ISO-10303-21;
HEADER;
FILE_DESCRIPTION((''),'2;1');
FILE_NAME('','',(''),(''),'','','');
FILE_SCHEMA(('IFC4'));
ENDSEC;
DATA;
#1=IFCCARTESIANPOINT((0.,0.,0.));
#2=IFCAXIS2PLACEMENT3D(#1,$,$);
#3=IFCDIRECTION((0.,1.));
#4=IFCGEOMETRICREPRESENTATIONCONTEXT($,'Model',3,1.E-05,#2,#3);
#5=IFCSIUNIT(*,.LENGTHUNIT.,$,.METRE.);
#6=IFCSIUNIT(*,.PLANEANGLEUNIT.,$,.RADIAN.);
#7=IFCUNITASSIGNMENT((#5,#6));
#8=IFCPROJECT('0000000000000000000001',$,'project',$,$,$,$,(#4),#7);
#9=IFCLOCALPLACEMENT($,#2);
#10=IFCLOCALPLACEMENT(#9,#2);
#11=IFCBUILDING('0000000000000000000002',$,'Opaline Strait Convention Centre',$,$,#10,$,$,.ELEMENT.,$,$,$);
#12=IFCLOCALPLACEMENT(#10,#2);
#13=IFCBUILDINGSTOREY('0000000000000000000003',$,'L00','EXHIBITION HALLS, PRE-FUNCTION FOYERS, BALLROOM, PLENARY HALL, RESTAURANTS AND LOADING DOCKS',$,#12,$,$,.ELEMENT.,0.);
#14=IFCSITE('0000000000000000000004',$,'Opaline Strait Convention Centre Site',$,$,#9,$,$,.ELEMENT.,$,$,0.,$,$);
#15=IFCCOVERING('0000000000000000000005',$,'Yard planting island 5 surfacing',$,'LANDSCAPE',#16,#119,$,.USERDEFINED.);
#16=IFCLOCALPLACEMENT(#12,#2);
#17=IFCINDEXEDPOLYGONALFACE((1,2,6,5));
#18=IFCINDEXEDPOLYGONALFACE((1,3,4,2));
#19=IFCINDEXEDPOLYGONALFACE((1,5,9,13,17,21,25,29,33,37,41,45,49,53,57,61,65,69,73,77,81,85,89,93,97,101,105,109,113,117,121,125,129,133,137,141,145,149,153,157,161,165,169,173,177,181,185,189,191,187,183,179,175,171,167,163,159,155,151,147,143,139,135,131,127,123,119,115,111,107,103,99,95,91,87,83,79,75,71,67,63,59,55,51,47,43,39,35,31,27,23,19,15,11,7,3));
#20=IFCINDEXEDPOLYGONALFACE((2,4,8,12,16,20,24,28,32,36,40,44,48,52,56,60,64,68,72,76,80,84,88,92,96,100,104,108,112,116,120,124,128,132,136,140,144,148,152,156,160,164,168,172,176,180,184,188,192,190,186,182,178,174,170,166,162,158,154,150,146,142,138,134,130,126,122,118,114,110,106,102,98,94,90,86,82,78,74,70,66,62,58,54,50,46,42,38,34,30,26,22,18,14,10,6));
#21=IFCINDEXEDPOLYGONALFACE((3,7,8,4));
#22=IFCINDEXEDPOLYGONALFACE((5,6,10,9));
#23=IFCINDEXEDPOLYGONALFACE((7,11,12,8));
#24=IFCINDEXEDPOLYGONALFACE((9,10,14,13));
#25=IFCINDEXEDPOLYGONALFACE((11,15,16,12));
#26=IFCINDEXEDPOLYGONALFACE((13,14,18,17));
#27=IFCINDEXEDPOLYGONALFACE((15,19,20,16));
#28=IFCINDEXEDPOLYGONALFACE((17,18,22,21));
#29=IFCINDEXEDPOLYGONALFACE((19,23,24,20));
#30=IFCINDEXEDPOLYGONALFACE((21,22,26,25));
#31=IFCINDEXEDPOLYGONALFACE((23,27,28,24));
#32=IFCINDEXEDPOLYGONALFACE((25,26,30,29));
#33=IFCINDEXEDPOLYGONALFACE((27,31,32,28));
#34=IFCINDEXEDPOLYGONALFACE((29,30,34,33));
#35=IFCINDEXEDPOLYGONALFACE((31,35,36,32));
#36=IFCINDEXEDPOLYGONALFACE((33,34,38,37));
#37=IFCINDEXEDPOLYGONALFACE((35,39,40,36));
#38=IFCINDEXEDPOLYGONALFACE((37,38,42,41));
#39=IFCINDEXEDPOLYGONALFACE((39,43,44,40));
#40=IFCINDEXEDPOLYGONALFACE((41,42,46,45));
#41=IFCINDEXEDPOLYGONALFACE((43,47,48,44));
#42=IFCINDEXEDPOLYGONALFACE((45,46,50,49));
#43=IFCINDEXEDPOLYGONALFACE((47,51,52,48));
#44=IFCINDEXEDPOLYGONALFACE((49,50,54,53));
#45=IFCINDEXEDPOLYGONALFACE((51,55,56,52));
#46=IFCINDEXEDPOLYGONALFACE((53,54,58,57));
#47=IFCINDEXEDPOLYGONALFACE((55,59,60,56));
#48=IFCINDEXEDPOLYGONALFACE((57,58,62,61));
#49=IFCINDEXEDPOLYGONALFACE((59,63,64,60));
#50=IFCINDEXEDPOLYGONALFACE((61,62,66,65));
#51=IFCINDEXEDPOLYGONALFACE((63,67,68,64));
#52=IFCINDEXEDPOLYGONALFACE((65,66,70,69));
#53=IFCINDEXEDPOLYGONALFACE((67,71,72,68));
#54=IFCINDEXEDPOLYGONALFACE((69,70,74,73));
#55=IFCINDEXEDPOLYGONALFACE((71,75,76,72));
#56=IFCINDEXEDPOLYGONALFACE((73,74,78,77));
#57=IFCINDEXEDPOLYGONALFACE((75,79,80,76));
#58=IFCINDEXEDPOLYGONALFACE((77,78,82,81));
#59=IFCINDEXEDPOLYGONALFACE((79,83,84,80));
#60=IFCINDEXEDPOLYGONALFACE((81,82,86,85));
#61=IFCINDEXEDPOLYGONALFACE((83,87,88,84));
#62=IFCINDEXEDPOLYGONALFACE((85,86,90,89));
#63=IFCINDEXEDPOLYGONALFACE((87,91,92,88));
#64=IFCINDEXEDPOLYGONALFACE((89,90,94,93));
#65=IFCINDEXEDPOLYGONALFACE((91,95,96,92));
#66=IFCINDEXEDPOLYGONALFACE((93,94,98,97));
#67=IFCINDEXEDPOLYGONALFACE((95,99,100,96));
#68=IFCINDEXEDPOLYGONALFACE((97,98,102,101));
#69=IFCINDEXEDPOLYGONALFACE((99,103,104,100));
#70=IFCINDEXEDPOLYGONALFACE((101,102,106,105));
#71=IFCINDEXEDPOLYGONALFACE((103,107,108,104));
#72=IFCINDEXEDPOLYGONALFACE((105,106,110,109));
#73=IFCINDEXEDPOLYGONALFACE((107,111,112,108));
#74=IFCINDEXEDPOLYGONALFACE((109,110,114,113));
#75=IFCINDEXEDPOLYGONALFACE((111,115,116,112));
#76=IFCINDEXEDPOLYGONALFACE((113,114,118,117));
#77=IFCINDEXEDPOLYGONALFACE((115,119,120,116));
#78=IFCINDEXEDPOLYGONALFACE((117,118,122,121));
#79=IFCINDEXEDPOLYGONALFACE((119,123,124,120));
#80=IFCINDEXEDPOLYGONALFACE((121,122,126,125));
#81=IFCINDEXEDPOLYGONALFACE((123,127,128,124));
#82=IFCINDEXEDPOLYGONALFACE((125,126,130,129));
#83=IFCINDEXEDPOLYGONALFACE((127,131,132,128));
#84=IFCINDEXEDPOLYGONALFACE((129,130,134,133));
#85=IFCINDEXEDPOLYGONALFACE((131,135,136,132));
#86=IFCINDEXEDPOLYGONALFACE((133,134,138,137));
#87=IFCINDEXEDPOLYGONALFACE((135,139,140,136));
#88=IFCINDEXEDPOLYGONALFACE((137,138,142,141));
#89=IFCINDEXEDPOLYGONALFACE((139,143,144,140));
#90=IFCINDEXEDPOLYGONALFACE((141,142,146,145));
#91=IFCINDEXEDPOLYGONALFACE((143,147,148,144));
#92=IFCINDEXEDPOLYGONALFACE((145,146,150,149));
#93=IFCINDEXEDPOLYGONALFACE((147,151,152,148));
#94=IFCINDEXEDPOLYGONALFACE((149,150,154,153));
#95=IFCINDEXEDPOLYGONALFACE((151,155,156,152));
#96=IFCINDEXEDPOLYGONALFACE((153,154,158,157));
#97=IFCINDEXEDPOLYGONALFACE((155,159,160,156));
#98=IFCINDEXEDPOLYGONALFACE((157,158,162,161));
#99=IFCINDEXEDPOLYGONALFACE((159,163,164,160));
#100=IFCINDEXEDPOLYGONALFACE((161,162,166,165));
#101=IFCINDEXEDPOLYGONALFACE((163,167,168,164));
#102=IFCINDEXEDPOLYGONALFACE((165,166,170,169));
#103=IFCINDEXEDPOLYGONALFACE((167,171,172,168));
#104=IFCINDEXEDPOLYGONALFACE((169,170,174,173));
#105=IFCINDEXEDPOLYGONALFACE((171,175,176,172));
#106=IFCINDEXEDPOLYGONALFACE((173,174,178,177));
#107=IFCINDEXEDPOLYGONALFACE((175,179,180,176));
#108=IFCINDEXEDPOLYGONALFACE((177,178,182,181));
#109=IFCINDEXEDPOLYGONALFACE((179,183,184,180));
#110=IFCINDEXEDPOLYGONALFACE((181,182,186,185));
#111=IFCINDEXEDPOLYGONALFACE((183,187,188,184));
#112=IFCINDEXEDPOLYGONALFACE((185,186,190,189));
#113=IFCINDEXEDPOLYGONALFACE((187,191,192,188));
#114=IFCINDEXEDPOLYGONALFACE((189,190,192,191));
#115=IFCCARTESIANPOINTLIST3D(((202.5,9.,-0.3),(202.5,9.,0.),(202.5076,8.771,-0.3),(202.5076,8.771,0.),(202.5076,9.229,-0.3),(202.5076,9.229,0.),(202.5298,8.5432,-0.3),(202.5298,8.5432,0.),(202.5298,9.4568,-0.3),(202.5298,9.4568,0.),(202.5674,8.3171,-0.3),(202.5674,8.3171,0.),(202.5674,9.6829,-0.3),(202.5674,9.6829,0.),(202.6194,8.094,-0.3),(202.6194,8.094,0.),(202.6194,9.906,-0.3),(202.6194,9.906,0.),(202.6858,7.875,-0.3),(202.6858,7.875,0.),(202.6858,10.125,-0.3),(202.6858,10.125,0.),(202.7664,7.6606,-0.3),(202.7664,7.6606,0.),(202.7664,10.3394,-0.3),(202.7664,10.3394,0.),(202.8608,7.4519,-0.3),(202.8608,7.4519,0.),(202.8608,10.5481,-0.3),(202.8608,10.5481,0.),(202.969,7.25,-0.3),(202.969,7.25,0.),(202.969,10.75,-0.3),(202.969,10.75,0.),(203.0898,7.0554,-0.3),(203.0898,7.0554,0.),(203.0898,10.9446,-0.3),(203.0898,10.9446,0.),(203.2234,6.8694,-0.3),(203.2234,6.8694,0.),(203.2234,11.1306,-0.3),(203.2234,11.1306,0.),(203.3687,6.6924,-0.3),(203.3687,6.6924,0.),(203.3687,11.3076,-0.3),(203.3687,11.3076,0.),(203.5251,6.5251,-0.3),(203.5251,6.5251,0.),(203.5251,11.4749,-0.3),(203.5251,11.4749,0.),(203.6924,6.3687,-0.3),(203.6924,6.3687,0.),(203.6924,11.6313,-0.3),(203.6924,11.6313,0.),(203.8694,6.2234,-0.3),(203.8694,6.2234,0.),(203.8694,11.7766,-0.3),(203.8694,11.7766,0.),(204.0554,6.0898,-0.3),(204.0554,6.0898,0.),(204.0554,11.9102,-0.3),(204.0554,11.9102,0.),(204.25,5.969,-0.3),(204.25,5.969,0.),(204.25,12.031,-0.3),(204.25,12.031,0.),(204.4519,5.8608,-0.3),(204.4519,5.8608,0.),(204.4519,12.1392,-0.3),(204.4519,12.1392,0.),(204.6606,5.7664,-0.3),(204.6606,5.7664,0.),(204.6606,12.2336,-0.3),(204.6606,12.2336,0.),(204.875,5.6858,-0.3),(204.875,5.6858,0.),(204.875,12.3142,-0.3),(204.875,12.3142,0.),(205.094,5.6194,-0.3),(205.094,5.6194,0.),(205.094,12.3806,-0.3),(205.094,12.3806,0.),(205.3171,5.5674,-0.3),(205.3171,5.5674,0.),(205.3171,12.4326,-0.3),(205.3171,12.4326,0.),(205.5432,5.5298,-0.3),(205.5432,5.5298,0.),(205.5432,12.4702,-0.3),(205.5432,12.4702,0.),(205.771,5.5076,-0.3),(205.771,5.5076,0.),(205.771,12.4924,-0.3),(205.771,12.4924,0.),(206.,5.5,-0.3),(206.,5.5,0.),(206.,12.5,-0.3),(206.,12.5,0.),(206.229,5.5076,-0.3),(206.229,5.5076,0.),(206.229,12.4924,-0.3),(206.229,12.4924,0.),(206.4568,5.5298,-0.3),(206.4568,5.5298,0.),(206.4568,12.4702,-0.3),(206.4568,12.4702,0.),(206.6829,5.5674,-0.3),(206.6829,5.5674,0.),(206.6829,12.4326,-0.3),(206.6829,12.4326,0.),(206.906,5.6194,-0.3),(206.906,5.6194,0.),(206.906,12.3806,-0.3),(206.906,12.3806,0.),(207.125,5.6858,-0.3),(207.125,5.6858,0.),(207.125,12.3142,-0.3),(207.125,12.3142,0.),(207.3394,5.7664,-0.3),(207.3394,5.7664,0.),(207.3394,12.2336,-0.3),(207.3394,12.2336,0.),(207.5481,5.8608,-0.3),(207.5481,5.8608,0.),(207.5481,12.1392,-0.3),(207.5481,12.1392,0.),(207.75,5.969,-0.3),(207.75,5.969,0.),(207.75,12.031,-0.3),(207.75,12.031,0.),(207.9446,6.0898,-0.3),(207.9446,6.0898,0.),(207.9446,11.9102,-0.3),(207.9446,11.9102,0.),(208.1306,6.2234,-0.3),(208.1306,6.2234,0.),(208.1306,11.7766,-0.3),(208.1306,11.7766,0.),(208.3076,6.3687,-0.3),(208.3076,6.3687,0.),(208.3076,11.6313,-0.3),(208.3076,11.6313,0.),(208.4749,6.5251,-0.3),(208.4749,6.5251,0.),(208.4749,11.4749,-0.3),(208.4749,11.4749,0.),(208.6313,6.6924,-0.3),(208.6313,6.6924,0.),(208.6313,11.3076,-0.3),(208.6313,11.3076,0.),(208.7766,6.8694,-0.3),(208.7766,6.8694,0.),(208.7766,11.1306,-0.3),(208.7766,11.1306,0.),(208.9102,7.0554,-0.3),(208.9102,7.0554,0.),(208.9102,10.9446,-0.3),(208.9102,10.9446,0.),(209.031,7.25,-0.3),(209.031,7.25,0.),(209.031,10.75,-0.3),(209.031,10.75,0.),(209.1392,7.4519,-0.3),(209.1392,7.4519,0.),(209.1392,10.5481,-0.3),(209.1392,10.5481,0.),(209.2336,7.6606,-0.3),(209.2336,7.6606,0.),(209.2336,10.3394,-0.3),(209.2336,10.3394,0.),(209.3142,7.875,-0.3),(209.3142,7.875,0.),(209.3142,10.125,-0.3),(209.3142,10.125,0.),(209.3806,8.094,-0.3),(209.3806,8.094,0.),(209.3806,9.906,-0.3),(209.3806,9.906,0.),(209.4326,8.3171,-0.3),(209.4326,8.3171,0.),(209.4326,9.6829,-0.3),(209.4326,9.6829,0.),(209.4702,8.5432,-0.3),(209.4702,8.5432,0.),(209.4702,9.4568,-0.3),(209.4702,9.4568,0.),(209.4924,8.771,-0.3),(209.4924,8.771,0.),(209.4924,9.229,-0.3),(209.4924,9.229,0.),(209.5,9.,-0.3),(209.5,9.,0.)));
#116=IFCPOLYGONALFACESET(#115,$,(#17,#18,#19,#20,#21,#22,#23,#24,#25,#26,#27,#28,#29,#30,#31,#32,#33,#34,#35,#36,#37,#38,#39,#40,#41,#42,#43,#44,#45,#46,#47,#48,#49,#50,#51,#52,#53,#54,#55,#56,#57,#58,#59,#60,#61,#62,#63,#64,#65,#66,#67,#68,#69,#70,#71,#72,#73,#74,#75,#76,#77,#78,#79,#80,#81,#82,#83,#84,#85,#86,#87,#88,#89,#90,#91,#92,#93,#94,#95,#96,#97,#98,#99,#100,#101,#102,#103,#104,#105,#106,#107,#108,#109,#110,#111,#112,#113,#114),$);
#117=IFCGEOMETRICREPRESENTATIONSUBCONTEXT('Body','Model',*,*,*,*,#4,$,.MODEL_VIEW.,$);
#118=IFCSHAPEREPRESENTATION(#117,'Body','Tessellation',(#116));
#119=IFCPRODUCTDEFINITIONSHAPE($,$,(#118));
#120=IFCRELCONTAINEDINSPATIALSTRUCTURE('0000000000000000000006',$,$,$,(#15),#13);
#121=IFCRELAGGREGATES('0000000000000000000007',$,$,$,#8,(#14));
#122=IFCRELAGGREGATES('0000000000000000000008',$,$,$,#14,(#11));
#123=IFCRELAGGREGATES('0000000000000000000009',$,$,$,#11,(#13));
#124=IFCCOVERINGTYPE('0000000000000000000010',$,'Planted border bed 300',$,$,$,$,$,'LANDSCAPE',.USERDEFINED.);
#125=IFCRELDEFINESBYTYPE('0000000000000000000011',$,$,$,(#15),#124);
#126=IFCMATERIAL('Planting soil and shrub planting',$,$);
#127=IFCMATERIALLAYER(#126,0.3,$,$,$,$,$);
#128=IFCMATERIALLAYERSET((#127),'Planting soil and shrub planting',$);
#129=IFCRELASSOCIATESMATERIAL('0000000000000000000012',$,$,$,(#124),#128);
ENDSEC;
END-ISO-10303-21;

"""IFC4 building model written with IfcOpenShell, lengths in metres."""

from ifc_helpers import new_model, si_unit, direction, frame, origin, place, context, subcontext, project, spatial, polyline, outline, extrude, material, layer, layer_set, type_object, element, save


model = new_model("IFC4")

# Units and contexts
model_context = context("Model", 3, precision=1e-05, world=origin(), true_north=direction((0.0, 1.0)))
body_context = subcontext(model_context, "Body", "Model", "MODEL_VIEW")
ifc_project = project(units=[si_unit("LENGTHUNIT", "METRE"), si_unit("PLANEANGLEUNIT", "RADIAN")], contexts=[model_context])

# Site, building, storey
site_placement = place(None, origin())
site = spatial("IfcSite", under=ifc_project, at=site_placement, Name="Opaline Strait Convention Centre Site", CompositionType="ELEMENT", RefElevation=0.0)
building_placement = place(site_placement, origin())
building = spatial("IfcBuilding", under=site, at=building_placement, Name="Opaline Strait Convention Centre", CompositionType="ELEMENT")
storey_placement = place(building_placement, origin())
storey = spatial("IfcBuildingStorey", under=building, at=storey_placement, Name="L00", Description="EXHIBITION HALLS, PRE-FUNCTION FOYERS, BALLROOM, PLENARY HALL, RESTAURANTS AND LOADING DOCKS", CompositionType="ELEMENT", Elevation=0.0)

# Covering
ifc_material_1 = material(Name="Planting soil and shrub planting")
ifc_layer_1 = layer(ifc_material_1, 0.3)
ifc_layer_set_1 = layer_set([ifc_layer_1], Name="Planting soil and shrub planting")
covering_type_1 = type_object("IfcCoveringType", Name="Planted border bed 300", ElementType="LANDSCAPE", PredefinedType="USERDEFINED", material=ifc_layer_set_1)
covering_1_placement = place(storey_placement, frame((0.0, 0.0, -0.3)))
element("IfcCovering", 1, at=covering_1_placement, inside=storey, type_object=covering_type_1, Name="Yard planting island 5 surfacing", ObjectType="LANDSCAPE", PredefinedType="USERDEFINED", context=body_context, shape_type="SweptSolid", body=[
    extrude(outline(polyline([(209.4326, 8.3171), (209.4702, 8.5432), (209.4924, 8.771), (209.5, 9.0), (209.4924, 9.229), (209.4702, 9.4568), (209.4326, 9.6829), (209.3806, 9.906), (209.3142, 10.125), (209.2336, 10.3394), (209.1392, 10.5481), (209.031, 10.75), (208.9102, 10.9446), (208.7766, 11.1306), (208.6313, 11.3076), (208.4749, 11.4749), (208.3076, 11.6313), (208.1306, 11.7766), (207.9446, 11.9102), (207.75, 12.031), (207.5481, 12.1392), (207.3394, 12.2336), (207.125, 12.3142), (206.906, 12.3806), (206.6829, 12.4326), (206.4568, 12.4702), (206.229, 12.4924), (206.0, 12.5), (205.771, 12.4924), (205.5432, 12.4702), (205.3171, 12.4326), (205.094, 12.3806), (204.875, 12.3142), (204.6606, 12.2336), (204.4519, 12.1392), (204.25, 12.031), (204.0554, 11.9102), (203.8694, 11.7766), (203.6924, 11.6313), (203.5251, 11.4749), (203.3687, 11.3076), (203.2234, 11.1306), (203.0898, 10.9446), (202.969, 10.75), (202.8608, 10.5481), (202.7664, 10.3394), (202.6858, 10.125), (202.6194, 9.906), (202.5674, 9.6829), (202.5298, 9.4568), (202.5076, 9.229), (202.5, 9.0), (202.5076, 8.771), (202.5298, 8.5432), (202.5674, 8.3171), (202.6194, 8.094), (202.6858, 7.875), (202.7664, 7.6606), (202.8608, 7.4519), (202.969, 7.25), (203.0898, 7.0554), (203.2234, 6.8694), (203.3687, 6.6924), (203.5251, 6.5251), (203.6924, 6.3687), (203.8694, 6.2234), (204.0554, 6.0898), (204.25, 5.969), (204.4519, 5.8608), (204.6606, 5.7664), (204.875, 5.6858), (205.094, 5.6194), (205.3171, 5.5674), (205.5432, 5.5298), (205.771, 5.5076), (206.0, 5.5), (206.229, 5.5076), (206.4568, 5.5298), (206.6829, 5.5674), (206.906, 5.6194), (207.125, 5.6858), (207.3394, 5.7664), (207.5481, 5.8608), (207.75, 5.969), (207.9446, 6.0898), (208.1306, 6.2234), (208.3076, 6.3687), (208.4749, 6.5251), (208.6313, 6.6924), (208.7766, 6.8694), (208.9102, 7.0554), (209.031, 7.25), (209.1392, 7.4519), (209.2336, 7.6606), (209.3142, 7.875), (209.3806, 8.094), (209.4326, 8.3171)])), origin(), (0.0, 0.0, 1.0), 0.3),
])

save(model, "model.ifc")
